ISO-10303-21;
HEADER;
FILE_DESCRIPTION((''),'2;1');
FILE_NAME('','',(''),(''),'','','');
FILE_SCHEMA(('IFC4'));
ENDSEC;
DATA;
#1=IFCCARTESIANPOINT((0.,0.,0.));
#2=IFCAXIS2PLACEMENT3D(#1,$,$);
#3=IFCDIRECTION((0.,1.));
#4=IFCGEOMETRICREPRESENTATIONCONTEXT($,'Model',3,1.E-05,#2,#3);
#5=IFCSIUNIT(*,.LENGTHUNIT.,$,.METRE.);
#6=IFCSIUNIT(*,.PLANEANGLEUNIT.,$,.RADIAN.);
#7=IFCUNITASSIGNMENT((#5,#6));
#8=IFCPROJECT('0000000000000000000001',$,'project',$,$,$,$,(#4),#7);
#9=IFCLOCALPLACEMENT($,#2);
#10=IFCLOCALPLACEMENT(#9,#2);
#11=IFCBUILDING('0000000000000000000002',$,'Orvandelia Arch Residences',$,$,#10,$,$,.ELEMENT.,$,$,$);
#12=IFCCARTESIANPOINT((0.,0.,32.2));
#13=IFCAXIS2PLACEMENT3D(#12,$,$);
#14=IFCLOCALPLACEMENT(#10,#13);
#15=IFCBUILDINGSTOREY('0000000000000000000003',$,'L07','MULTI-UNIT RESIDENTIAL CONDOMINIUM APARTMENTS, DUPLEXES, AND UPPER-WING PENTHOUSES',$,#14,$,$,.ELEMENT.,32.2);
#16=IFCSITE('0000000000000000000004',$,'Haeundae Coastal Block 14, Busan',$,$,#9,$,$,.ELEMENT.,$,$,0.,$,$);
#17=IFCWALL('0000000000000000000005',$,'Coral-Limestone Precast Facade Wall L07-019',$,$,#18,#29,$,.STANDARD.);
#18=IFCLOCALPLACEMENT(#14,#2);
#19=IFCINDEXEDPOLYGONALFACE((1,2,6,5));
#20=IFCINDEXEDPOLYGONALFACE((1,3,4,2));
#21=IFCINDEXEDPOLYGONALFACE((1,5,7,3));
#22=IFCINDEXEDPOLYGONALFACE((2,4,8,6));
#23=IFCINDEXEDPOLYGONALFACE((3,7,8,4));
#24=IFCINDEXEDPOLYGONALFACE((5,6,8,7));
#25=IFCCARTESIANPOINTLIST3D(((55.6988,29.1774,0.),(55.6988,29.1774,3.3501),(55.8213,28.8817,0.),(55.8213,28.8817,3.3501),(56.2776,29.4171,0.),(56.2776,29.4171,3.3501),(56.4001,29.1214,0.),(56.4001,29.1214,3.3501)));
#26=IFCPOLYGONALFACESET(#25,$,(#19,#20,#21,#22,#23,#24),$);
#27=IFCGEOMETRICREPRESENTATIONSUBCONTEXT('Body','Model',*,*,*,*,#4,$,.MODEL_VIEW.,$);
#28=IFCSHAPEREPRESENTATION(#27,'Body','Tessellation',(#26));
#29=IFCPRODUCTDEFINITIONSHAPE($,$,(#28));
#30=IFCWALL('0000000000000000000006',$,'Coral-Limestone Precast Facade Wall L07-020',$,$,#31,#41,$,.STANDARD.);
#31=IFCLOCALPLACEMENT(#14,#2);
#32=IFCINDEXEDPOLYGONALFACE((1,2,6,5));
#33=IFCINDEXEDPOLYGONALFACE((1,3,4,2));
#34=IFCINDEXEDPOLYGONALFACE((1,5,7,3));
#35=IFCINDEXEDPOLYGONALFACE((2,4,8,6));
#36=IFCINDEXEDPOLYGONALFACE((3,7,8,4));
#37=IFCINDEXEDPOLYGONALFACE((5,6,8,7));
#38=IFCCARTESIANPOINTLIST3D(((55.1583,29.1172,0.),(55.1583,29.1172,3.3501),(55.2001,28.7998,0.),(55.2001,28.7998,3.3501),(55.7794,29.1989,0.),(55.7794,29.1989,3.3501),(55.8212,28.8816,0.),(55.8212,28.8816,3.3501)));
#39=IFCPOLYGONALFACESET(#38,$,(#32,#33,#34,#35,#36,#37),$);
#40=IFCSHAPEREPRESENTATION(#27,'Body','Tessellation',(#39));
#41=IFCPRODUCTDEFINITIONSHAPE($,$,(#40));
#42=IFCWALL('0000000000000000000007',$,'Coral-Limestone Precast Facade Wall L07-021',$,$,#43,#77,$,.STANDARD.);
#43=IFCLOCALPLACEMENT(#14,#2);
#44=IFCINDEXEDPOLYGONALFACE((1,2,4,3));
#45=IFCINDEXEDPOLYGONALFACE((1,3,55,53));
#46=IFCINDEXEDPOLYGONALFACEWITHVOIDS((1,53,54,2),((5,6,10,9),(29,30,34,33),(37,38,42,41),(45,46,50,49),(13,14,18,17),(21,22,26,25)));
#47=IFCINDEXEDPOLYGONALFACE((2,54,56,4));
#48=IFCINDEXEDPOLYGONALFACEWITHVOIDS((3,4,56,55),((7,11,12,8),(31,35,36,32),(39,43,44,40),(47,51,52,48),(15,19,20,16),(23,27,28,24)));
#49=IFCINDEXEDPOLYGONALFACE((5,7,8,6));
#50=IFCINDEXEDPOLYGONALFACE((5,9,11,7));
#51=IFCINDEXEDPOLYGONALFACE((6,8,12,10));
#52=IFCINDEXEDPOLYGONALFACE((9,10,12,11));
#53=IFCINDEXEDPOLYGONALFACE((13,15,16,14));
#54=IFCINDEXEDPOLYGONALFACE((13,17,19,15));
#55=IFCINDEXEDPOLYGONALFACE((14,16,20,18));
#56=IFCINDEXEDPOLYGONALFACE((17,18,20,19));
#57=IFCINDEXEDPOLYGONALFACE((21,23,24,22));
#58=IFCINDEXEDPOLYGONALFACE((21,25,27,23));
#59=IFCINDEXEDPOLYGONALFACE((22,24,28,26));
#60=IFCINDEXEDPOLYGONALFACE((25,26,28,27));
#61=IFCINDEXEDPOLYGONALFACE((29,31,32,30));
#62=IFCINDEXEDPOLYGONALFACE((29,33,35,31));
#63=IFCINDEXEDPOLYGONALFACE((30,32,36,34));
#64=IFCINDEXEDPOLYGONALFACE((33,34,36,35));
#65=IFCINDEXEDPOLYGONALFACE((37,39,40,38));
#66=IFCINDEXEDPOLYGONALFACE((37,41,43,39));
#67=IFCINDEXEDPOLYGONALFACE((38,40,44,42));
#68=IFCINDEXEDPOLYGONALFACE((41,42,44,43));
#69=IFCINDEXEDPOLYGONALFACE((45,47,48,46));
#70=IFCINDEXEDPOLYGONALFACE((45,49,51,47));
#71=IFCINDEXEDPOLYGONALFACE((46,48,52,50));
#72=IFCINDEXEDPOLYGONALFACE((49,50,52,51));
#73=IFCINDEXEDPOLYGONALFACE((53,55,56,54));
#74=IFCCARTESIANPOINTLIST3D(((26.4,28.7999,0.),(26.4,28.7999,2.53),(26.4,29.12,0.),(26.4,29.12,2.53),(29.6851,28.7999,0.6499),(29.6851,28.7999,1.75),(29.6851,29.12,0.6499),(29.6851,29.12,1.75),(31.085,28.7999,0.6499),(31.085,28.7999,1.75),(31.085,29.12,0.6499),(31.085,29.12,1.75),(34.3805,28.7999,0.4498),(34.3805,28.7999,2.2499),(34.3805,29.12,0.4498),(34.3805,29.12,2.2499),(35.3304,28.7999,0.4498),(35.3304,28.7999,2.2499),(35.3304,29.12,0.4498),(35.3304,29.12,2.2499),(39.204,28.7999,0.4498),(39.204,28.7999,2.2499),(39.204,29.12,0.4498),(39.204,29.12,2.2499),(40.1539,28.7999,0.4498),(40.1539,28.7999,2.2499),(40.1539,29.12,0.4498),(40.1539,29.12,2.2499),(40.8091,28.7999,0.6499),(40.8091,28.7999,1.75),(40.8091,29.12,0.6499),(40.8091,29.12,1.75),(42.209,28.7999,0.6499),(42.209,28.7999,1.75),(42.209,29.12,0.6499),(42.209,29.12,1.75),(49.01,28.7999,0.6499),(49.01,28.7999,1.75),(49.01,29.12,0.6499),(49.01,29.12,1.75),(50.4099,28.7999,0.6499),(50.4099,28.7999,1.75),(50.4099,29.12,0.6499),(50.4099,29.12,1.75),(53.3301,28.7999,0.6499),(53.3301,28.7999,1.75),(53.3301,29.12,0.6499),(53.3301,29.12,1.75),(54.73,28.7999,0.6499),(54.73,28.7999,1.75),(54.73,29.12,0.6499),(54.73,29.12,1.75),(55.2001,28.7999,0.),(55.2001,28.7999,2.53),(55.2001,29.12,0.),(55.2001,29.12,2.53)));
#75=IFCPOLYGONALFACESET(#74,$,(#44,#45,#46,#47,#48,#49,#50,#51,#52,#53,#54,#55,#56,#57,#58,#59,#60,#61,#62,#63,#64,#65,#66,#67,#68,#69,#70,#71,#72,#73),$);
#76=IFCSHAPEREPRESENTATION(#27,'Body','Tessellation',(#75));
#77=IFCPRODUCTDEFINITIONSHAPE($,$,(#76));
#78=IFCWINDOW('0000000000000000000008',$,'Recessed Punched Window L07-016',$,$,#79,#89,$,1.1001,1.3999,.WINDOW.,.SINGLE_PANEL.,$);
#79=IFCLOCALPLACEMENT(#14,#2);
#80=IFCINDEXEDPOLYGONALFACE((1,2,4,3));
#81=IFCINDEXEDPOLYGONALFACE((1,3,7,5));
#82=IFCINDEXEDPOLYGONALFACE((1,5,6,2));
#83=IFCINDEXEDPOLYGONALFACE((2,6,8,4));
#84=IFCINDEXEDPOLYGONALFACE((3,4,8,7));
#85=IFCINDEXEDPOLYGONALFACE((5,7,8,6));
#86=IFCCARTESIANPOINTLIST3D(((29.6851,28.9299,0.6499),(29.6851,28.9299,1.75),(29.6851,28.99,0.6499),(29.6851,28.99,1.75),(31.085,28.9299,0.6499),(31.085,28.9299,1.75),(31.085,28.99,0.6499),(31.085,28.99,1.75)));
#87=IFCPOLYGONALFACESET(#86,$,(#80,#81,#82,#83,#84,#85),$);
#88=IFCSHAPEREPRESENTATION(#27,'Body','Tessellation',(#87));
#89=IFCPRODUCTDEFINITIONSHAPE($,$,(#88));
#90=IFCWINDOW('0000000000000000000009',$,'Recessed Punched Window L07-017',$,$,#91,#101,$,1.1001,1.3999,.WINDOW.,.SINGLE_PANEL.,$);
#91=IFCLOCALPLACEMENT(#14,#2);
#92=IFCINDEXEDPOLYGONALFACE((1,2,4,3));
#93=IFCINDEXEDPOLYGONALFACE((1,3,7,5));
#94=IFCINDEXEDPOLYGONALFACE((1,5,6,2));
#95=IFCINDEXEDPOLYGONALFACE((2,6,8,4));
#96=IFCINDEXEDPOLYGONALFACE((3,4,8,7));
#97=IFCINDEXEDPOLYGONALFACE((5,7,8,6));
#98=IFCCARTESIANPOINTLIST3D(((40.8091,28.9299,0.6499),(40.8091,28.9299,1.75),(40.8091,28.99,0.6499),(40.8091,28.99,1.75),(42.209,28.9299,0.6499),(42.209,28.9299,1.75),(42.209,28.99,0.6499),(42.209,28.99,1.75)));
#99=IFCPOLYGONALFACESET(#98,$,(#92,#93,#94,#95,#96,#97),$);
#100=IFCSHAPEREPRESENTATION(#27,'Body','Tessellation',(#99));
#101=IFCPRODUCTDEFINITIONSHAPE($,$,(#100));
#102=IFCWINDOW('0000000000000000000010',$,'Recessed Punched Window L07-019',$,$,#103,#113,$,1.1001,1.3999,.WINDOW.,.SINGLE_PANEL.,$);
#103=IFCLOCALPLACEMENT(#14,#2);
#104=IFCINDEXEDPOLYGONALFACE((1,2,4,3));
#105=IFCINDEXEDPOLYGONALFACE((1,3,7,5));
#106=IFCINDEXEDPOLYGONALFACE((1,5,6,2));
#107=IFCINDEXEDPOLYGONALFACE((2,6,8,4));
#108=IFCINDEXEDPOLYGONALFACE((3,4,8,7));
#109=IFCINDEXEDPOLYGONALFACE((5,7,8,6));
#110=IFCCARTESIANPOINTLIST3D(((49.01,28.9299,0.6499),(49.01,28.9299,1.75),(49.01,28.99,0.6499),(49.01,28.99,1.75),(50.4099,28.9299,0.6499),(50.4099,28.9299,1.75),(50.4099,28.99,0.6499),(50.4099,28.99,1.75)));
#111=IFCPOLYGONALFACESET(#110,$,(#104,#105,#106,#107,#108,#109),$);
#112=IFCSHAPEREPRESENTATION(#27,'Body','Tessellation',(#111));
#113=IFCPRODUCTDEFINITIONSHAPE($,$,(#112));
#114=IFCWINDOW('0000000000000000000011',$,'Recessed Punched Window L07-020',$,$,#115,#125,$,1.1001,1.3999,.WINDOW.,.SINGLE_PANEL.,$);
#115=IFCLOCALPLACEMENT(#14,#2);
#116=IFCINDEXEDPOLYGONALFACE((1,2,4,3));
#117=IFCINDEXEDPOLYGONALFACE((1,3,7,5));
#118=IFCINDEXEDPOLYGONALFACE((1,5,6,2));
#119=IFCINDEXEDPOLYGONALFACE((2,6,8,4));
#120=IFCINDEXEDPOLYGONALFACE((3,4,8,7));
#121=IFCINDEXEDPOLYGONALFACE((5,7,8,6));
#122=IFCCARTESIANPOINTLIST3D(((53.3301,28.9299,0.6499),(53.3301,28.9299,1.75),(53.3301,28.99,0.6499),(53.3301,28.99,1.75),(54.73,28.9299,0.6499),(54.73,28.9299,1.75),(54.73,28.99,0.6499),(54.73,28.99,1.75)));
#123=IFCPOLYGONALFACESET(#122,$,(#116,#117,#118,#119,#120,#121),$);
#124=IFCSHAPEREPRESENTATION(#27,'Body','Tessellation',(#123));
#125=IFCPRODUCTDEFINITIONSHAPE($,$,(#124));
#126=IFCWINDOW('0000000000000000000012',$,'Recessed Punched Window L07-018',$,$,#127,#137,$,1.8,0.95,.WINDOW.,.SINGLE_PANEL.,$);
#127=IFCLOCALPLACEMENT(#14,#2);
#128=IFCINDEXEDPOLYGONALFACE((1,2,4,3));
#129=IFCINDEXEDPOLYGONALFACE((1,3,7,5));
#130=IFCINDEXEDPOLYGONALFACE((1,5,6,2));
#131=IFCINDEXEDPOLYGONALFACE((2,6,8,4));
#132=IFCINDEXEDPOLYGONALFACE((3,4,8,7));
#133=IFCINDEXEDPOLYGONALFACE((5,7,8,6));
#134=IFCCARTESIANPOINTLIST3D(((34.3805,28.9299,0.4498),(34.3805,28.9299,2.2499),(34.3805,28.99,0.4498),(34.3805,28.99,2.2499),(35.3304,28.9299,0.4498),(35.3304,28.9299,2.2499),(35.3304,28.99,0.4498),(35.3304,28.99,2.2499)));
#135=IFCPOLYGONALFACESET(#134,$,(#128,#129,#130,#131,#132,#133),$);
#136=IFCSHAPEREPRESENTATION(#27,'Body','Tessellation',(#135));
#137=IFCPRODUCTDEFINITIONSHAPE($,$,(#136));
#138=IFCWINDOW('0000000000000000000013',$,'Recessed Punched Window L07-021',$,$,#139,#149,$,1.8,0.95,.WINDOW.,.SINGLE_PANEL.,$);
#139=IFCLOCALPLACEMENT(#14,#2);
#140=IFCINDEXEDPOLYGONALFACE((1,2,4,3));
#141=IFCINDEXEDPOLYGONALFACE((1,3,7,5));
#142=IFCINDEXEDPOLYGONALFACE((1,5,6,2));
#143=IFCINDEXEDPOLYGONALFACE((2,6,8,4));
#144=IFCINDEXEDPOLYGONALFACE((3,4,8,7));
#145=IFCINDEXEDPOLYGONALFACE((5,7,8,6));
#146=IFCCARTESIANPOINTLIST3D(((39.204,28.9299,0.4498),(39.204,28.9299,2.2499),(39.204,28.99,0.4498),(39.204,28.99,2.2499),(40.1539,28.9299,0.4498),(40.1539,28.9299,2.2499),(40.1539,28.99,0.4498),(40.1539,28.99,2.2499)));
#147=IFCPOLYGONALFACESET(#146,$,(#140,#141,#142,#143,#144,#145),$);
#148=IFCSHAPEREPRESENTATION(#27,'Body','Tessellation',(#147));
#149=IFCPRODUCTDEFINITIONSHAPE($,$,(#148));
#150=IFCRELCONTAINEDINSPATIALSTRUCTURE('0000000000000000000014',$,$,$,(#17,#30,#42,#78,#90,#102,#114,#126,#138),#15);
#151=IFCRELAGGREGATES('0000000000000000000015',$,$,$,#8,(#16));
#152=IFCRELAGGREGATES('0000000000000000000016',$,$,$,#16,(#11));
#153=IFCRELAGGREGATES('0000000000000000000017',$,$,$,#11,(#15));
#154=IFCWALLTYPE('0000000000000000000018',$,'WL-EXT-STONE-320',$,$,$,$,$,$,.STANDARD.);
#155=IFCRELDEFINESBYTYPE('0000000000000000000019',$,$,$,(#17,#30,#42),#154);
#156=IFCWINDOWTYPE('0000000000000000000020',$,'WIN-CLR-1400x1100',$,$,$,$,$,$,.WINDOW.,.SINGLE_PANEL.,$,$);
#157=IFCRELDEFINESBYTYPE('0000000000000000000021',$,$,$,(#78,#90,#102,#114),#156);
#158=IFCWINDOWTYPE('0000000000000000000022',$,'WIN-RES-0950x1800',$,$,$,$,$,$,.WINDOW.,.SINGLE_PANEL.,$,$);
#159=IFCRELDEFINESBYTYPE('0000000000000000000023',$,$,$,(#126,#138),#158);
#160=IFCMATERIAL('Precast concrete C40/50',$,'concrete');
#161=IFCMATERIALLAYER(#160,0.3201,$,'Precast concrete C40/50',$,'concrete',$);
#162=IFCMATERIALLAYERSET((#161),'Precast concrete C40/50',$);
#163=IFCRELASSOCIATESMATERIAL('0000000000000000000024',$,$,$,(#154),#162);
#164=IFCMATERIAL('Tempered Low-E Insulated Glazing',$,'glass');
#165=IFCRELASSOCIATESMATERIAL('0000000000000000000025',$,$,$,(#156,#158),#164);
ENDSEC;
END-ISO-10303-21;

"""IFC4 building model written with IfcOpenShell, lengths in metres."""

from ifc_helpers import new_model, si_unit, direction, frame, frame_2d, origin, place, context, subcontext, project, spatial, rectangle, extrude, material, layer, layer_set, type_object, element, fill, save


model = new_model("IFC4")

# Units and contexts
model_context = context("Model", 3, precision=1e-05, world=origin(), true_north=direction((0.0, 1.0)))
body_context = subcontext(model_context, "Body", "Model", "MODEL_VIEW")
ifc_project = project(units=[si_unit("LENGTHUNIT", "METRE"), si_unit("PLANEANGLEUNIT", "RADIAN")], contexts=[model_context])

# Site, building, storey
site_placement = place(None, origin())
site = spatial("IfcSite", under=ifc_project, at=site_placement, Name="Haeundae Coastal Block 14, Busan", CompositionType="ELEMENT", RefElevation=0.0)
building_placement = place(site_placement, origin())
building = spatial("IfcBuilding", under=site, at=building_placement, Name="Orvandelia Arch Residences", CompositionType="ELEMENT")
storey_placement = place(building_placement, frame((0.0, 0.0, 32.2)))
storey = spatial("IfcBuildingStorey", under=building, at=storey_placement, Name="L07", Description="MULTI-UNIT RESIDENTIAL CONDOMINIUM APARTMENTS, DUPLEXES, AND UPPER-WING PENTHOUSES", CompositionType="ELEMENT", Elevation=32.2)

# Walls
ifc_material_1 = material(Name="Precast concrete C40/50", Category="concrete")
ifc_layer_1 = layer(ifc_material_1, 0.3201, Name="Precast concrete C40/50", Category="concrete")
ifc_layer_set_1 = layer_set([ifc_layer_1], Name="Precast concrete C40/50")
wall_type_1 = type_object("IfcWallType", Name="WL-EXT-STONE-320", PredefinedType="STANDARD", material=ifc_layer_set_1)
for number, where, z_axis, x_axis, name in (
    (1, (56.3389, 29.2693, 0.0), (0.0, 0.0, 1.0), (-0.923893, -0.38265, 0.0), "Coral-Limestone Precast Facade Wall L07-019"),
    (2, (55.8003, 29.0403, 0.0), (0.0, 0.0, 1.0), (-0.991441, -0.130555, 0.0), "Coral-Limestone Precast Facade Wall L07-020"),
):
    element("IfcWall", number, at=place(storey_placement, frame(where, z_axis=z_axis, x_axis=x_axis)), inside=storey, type_object=wall_type_1, Name=name, PredefinedType="STANDARD", context=body_context, shape_type="SweptSolid", body=[
        extrude(rectangle(XDim=0.6265, YDim=0.3201, at=frame_2d((0.3132, 0.0))), origin(), (0.0, 0.0, 1.0), 3.3501),
    ])

# Wall, openings, windows
wall_1_placement = place(storey_placement, frame((55.2, 28.96, 0.0), z_axis=(0.0, 0.0, 1.0), x_axis=(-1.0, 0.0, 0.0)))
wall_1 = element("IfcWall", 3, at=wall_1_placement, inside=storey, type_object=wall_type_1, Name="Coral-Limestone Precast Facade Wall L07-021", PredefinedType="STANDARD", context=body_context, shape_type="SweptSolid", body=[
    extrude(rectangle(XDim=28.8, YDim=0.3201, at=frame_2d((14.3999, 0.0))), origin(), (0.0, 0.0, 1.0), 2.53),
])
opening_1_placement = place(wall_1_placement, frame((24.115, 0.0, 0.6499)))
opening_1 = element("IfcOpeningElement", 4, at=opening_1_placement, cuts=wall_1, PredefinedType="OPENING", context=body_context, shape_type="SweptSolid", body=[
    extrude(rectangle(XDim=1.3999, YDim=1.1001, at=frame_2d((0.7, 0.55))), frame((0.0, 0.1699, 0.0), z_axis=(0.0, -1.0, 0.0), x_axis=(1.0, 0.0, 0.0)), (0.0, 0.0, 1.0), 0.3401),
])
opening_2_placement = place(wall_1_placement, frame((12.991, 0.0, 0.6499)))
opening_2 = element("IfcOpeningElement", 5, at=opening_2_placement, cuts=wall_1, PredefinedType="OPENING", context=body_context, shape_type="SweptSolid", body=[
    extrude(rectangle(XDim=1.3999, YDim=1.1001, at=frame_2d((0.7, 0.55))), frame((0.0, 0.1699, 0.0), z_axis=(0.0, -1.0, 0.0), x_axis=(1.0, 0.0, 0.0)), (0.0, 0.0, 1.0), 0.3401),
])
opening_3_placement = place(wall_1_placement, frame((19.8694, 0.0, 0.45)))
opening_3 = element("IfcOpeningElement", 6, at=opening_3_placement, cuts=wall_1, PredefinedType="OPENING", context=body_context, shape_type="SweptSolid", body=[
    extrude(rectangle(XDim=0.95, YDim=1.8, at=frame_2d((0.4751, 0.8999))), frame((0.0, 0.1699, 0.0), z_axis=(0.0, -1.0, 0.0), x_axis=(1.0, 0.0, 0.0)), (0.0, 0.0, 1.0), 0.3401),
])
opening_4_placement = place(wall_1_placement, frame((4.79, 0.0, 0.6499)))
opening_4 = element("IfcOpeningElement", 7, at=opening_4_placement, cuts=wall_1, PredefinedType="OPENING", context=body_context, shape_type="SweptSolid", body=[
    extrude(rectangle(XDim=1.3999, YDim=1.1001, at=frame_2d((0.7, 0.55))), frame((0.0, 0.1699, 0.0), z_axis=(0.0, -1.0, 0.0), x_axis=(1.0, 0.0, 0.0)), (0.0, 0.0, 1.0), 0.3401),
])
opening_5_placement = place(wall_1_placement, frame((0.47, 0.0, 0.6499)))
opening_5 = element("IfcOpeningElement", 8, at=opening_5_placement, cuts=wall_1, PredefinedType="OPENING", context=body_context, shape_type="SweptSolid", body=[
    extrude(rectangle(XDim=1.3999, YDim=1.1001, at=frame_2d((0.7, 0.55))), frame((0.0, 0.1699, 0.0), z_axis=(0.0, -1.0, 0.0), x_axis=(1.0, 0.0, 0.0)), (0.0, 0.0, 1.0), 0.3401),
])
opening_6_placement = place(wall_1_placement, frame((15.0459, 0.0, 0.45)))
opening_6 = element("IfcOpeningElement", 9, at=opening_6_placement, cuts=wall_1, PredefinedType="OPENING", context=body_context, shape_type="SweptSolid", body=[
    extrude(rectangle(XDim=0.95, YDim=1.8, at=frame_2d((0.4751, 0.8999))), frame((0.0, 0.1699, 0.0), z_axis=(0.0, -1.0, 0.0), x_axis=(1.0, 0.0, 0.0)), (0.0, 0.0, 1.0), 0.3401),
])
ifc_material_2 = material(Name="Tempered Low-E Insulated Glazing", Category="glass")
window_type_1 = type_object("IfcWindowType", Name="WIN-CLR-1400x1100", PartitioningType="SINGLE_PANEL", PredefinedType="WINDOW", material=ifc_material_2)
window_1_placement = place(opening_1_placement, origin())
window_1 = element("IfcWindow", 10, at=window_1_placement, inside=storey, type_object=window_type_1, Name="Recessed Punched Window L07-016", OverallHeight=1.1001, OverallWidth=1.3999, PartitioningType="SINGLE_PANEL", PredefinedType="WINDOW", context=body_context, shape_type="SweptSolid", body=[
    extrude(rectangle(XDim=1.3999, YDim=1.1001, at=frame_2d((0.7, 0.55))), frame((0.0, 0.03, 0.0), z_axis=(0.0, -1.0, 0.0), x_axis=(1.0, 0.0, 0.0)), (0.0, 0.0, 1.0), 0.0601),
])
fill(opening_1, window_1)
window_2_placement = place(opening_2_placement, origin())
window_2 = element("IfcWindow", 11, at=window_2_placement, inside=storey, type_object=window_type_1, Name="Recessed Punched Window L07-017", OverallHeight=1.1001, OverallWidth=1.3999, PartitioningType="SINGLE_PANEL", PredefinedType="WINDOW", context=body_context, shape_type="SweptSolid", body=[
    extrude(rectangle(XDim=1.3999, YDim=1.1001, at=frame_2d((0.7, 0.55))), frame((0.0, 0.03, 0.0), z_axis=(0.0, -1.0, 0.0), x_axis=(1.0, 0.0, 0.0)), (0.0, 0.0, 1.0), 0.0601),
])
fill(opening_2, window_2)
window_3_placement = place(opening_4_placement, origin())
window_3 = element("IfcWindow", 12, at=window_3_placement, inside=storey, type_object=window_type_1, Name="Recessed Punched Window L07-019", OverallHeight=1.1001, OverallWidth=1.3999, PartitioningType="SINGLE_PANEL", PredefinedType="WINDOW", context=body_context, shape_type="SweptSolid", body=[
    extrude(rectangle(XDim=1.3999, YDim=1.1001, at=frame_2d((0.7, 0.55))), frame((0.0, 0.03, 0.0), z_axis=(0.0, -1.0, 0.0), x_axis=(1.0, 0.0, 0.0)), (0.0, 0.0, 1.0), 0.0601),
])
fill(opening_4, window_3)
window_4_placement = place(opening_5_placement, origin())
window_4 = element("IfcWindow", 13, at=window_4_placement, inside=storey, type_object=window_type_1, Name="Recessed Punched Window L07-020", OverallHeight=1.1001, OverallWidth=1.3999, PartitioningType="SINGLE_PANEL", PredefinedType="WINDOW", context=body_context, shape_type="SweptSolid", body=[
    extrude(rectangle(XDim=1.3999, YDim=1.1001, at=frame_2d((0.7, 0.55))), frame((0.0, 0.03, 0.0), z_axis=(0.0, -1.0, 0.0), x_axis=(1.0, 0.0, 0.0)), (0.0, 0.0, 1.0), 0.0601),
])
fill(opening_5, window_4)
window_type_2 = type_object("IfcWindowType", Name="WIN-RES-0950x1800", PartitioningType="SINGLE_PANEL", PredefinedType="WINDOW", material=ifc_material_2)
window_5_placement = place(opening_3_placement, origin())
window_5 = element("IfcWindow", 14, at=window_5_placement, inside=storey, type_object=window_type_2, Name="Recessed Punched Window L07-018", OverallHeight=1.8, OverallWidth=0.95, PartitioningType="SINGLE_PANEL", PredefinedType="WINDOW", context=body_context, shape_type="SweptSolid", body=[
    extrude(rectangle(XDim=0.95, YDim=1.8, at=frame_2d((0.4751, 0.8999))), frame((0.0, 0.03, 0.0), z_axis=(0.0, -1.0, 0.0), x_axis=(1.0, 0.0, 0.0)), (0.0, 0.0, 1.0), 0.0601),
])
fill(opening_3, window_5)
window_6_placement = place(opening_6_placement, origin())
window_6 = element("IfcWindow", 15, at=window_6_placement, inside=storey, type_object=window_type_2, Name="Recessed Punched Window L07-021", OverallHeight=1.8, OverallWidth=0.95, PartitioningType="SINGLE_PANEL", PredefinedType="WINDOW", context=body_context, shape_type="SweptSolid", body=[
    extrude(rectangle(XDim=0.95, YDim=1.8, at=frame_2d((0.4751, 0.8999))), frame((0.0, 0.03, 0.0), z_axis=(0.0, -1.0, 0.0), x_axis=(1.0, 0.0, 0.0)), (0.0, 0.0, 1.0), 0.0601),
])
fill(opening_6, window_6)

save(model, "model.ifc")
